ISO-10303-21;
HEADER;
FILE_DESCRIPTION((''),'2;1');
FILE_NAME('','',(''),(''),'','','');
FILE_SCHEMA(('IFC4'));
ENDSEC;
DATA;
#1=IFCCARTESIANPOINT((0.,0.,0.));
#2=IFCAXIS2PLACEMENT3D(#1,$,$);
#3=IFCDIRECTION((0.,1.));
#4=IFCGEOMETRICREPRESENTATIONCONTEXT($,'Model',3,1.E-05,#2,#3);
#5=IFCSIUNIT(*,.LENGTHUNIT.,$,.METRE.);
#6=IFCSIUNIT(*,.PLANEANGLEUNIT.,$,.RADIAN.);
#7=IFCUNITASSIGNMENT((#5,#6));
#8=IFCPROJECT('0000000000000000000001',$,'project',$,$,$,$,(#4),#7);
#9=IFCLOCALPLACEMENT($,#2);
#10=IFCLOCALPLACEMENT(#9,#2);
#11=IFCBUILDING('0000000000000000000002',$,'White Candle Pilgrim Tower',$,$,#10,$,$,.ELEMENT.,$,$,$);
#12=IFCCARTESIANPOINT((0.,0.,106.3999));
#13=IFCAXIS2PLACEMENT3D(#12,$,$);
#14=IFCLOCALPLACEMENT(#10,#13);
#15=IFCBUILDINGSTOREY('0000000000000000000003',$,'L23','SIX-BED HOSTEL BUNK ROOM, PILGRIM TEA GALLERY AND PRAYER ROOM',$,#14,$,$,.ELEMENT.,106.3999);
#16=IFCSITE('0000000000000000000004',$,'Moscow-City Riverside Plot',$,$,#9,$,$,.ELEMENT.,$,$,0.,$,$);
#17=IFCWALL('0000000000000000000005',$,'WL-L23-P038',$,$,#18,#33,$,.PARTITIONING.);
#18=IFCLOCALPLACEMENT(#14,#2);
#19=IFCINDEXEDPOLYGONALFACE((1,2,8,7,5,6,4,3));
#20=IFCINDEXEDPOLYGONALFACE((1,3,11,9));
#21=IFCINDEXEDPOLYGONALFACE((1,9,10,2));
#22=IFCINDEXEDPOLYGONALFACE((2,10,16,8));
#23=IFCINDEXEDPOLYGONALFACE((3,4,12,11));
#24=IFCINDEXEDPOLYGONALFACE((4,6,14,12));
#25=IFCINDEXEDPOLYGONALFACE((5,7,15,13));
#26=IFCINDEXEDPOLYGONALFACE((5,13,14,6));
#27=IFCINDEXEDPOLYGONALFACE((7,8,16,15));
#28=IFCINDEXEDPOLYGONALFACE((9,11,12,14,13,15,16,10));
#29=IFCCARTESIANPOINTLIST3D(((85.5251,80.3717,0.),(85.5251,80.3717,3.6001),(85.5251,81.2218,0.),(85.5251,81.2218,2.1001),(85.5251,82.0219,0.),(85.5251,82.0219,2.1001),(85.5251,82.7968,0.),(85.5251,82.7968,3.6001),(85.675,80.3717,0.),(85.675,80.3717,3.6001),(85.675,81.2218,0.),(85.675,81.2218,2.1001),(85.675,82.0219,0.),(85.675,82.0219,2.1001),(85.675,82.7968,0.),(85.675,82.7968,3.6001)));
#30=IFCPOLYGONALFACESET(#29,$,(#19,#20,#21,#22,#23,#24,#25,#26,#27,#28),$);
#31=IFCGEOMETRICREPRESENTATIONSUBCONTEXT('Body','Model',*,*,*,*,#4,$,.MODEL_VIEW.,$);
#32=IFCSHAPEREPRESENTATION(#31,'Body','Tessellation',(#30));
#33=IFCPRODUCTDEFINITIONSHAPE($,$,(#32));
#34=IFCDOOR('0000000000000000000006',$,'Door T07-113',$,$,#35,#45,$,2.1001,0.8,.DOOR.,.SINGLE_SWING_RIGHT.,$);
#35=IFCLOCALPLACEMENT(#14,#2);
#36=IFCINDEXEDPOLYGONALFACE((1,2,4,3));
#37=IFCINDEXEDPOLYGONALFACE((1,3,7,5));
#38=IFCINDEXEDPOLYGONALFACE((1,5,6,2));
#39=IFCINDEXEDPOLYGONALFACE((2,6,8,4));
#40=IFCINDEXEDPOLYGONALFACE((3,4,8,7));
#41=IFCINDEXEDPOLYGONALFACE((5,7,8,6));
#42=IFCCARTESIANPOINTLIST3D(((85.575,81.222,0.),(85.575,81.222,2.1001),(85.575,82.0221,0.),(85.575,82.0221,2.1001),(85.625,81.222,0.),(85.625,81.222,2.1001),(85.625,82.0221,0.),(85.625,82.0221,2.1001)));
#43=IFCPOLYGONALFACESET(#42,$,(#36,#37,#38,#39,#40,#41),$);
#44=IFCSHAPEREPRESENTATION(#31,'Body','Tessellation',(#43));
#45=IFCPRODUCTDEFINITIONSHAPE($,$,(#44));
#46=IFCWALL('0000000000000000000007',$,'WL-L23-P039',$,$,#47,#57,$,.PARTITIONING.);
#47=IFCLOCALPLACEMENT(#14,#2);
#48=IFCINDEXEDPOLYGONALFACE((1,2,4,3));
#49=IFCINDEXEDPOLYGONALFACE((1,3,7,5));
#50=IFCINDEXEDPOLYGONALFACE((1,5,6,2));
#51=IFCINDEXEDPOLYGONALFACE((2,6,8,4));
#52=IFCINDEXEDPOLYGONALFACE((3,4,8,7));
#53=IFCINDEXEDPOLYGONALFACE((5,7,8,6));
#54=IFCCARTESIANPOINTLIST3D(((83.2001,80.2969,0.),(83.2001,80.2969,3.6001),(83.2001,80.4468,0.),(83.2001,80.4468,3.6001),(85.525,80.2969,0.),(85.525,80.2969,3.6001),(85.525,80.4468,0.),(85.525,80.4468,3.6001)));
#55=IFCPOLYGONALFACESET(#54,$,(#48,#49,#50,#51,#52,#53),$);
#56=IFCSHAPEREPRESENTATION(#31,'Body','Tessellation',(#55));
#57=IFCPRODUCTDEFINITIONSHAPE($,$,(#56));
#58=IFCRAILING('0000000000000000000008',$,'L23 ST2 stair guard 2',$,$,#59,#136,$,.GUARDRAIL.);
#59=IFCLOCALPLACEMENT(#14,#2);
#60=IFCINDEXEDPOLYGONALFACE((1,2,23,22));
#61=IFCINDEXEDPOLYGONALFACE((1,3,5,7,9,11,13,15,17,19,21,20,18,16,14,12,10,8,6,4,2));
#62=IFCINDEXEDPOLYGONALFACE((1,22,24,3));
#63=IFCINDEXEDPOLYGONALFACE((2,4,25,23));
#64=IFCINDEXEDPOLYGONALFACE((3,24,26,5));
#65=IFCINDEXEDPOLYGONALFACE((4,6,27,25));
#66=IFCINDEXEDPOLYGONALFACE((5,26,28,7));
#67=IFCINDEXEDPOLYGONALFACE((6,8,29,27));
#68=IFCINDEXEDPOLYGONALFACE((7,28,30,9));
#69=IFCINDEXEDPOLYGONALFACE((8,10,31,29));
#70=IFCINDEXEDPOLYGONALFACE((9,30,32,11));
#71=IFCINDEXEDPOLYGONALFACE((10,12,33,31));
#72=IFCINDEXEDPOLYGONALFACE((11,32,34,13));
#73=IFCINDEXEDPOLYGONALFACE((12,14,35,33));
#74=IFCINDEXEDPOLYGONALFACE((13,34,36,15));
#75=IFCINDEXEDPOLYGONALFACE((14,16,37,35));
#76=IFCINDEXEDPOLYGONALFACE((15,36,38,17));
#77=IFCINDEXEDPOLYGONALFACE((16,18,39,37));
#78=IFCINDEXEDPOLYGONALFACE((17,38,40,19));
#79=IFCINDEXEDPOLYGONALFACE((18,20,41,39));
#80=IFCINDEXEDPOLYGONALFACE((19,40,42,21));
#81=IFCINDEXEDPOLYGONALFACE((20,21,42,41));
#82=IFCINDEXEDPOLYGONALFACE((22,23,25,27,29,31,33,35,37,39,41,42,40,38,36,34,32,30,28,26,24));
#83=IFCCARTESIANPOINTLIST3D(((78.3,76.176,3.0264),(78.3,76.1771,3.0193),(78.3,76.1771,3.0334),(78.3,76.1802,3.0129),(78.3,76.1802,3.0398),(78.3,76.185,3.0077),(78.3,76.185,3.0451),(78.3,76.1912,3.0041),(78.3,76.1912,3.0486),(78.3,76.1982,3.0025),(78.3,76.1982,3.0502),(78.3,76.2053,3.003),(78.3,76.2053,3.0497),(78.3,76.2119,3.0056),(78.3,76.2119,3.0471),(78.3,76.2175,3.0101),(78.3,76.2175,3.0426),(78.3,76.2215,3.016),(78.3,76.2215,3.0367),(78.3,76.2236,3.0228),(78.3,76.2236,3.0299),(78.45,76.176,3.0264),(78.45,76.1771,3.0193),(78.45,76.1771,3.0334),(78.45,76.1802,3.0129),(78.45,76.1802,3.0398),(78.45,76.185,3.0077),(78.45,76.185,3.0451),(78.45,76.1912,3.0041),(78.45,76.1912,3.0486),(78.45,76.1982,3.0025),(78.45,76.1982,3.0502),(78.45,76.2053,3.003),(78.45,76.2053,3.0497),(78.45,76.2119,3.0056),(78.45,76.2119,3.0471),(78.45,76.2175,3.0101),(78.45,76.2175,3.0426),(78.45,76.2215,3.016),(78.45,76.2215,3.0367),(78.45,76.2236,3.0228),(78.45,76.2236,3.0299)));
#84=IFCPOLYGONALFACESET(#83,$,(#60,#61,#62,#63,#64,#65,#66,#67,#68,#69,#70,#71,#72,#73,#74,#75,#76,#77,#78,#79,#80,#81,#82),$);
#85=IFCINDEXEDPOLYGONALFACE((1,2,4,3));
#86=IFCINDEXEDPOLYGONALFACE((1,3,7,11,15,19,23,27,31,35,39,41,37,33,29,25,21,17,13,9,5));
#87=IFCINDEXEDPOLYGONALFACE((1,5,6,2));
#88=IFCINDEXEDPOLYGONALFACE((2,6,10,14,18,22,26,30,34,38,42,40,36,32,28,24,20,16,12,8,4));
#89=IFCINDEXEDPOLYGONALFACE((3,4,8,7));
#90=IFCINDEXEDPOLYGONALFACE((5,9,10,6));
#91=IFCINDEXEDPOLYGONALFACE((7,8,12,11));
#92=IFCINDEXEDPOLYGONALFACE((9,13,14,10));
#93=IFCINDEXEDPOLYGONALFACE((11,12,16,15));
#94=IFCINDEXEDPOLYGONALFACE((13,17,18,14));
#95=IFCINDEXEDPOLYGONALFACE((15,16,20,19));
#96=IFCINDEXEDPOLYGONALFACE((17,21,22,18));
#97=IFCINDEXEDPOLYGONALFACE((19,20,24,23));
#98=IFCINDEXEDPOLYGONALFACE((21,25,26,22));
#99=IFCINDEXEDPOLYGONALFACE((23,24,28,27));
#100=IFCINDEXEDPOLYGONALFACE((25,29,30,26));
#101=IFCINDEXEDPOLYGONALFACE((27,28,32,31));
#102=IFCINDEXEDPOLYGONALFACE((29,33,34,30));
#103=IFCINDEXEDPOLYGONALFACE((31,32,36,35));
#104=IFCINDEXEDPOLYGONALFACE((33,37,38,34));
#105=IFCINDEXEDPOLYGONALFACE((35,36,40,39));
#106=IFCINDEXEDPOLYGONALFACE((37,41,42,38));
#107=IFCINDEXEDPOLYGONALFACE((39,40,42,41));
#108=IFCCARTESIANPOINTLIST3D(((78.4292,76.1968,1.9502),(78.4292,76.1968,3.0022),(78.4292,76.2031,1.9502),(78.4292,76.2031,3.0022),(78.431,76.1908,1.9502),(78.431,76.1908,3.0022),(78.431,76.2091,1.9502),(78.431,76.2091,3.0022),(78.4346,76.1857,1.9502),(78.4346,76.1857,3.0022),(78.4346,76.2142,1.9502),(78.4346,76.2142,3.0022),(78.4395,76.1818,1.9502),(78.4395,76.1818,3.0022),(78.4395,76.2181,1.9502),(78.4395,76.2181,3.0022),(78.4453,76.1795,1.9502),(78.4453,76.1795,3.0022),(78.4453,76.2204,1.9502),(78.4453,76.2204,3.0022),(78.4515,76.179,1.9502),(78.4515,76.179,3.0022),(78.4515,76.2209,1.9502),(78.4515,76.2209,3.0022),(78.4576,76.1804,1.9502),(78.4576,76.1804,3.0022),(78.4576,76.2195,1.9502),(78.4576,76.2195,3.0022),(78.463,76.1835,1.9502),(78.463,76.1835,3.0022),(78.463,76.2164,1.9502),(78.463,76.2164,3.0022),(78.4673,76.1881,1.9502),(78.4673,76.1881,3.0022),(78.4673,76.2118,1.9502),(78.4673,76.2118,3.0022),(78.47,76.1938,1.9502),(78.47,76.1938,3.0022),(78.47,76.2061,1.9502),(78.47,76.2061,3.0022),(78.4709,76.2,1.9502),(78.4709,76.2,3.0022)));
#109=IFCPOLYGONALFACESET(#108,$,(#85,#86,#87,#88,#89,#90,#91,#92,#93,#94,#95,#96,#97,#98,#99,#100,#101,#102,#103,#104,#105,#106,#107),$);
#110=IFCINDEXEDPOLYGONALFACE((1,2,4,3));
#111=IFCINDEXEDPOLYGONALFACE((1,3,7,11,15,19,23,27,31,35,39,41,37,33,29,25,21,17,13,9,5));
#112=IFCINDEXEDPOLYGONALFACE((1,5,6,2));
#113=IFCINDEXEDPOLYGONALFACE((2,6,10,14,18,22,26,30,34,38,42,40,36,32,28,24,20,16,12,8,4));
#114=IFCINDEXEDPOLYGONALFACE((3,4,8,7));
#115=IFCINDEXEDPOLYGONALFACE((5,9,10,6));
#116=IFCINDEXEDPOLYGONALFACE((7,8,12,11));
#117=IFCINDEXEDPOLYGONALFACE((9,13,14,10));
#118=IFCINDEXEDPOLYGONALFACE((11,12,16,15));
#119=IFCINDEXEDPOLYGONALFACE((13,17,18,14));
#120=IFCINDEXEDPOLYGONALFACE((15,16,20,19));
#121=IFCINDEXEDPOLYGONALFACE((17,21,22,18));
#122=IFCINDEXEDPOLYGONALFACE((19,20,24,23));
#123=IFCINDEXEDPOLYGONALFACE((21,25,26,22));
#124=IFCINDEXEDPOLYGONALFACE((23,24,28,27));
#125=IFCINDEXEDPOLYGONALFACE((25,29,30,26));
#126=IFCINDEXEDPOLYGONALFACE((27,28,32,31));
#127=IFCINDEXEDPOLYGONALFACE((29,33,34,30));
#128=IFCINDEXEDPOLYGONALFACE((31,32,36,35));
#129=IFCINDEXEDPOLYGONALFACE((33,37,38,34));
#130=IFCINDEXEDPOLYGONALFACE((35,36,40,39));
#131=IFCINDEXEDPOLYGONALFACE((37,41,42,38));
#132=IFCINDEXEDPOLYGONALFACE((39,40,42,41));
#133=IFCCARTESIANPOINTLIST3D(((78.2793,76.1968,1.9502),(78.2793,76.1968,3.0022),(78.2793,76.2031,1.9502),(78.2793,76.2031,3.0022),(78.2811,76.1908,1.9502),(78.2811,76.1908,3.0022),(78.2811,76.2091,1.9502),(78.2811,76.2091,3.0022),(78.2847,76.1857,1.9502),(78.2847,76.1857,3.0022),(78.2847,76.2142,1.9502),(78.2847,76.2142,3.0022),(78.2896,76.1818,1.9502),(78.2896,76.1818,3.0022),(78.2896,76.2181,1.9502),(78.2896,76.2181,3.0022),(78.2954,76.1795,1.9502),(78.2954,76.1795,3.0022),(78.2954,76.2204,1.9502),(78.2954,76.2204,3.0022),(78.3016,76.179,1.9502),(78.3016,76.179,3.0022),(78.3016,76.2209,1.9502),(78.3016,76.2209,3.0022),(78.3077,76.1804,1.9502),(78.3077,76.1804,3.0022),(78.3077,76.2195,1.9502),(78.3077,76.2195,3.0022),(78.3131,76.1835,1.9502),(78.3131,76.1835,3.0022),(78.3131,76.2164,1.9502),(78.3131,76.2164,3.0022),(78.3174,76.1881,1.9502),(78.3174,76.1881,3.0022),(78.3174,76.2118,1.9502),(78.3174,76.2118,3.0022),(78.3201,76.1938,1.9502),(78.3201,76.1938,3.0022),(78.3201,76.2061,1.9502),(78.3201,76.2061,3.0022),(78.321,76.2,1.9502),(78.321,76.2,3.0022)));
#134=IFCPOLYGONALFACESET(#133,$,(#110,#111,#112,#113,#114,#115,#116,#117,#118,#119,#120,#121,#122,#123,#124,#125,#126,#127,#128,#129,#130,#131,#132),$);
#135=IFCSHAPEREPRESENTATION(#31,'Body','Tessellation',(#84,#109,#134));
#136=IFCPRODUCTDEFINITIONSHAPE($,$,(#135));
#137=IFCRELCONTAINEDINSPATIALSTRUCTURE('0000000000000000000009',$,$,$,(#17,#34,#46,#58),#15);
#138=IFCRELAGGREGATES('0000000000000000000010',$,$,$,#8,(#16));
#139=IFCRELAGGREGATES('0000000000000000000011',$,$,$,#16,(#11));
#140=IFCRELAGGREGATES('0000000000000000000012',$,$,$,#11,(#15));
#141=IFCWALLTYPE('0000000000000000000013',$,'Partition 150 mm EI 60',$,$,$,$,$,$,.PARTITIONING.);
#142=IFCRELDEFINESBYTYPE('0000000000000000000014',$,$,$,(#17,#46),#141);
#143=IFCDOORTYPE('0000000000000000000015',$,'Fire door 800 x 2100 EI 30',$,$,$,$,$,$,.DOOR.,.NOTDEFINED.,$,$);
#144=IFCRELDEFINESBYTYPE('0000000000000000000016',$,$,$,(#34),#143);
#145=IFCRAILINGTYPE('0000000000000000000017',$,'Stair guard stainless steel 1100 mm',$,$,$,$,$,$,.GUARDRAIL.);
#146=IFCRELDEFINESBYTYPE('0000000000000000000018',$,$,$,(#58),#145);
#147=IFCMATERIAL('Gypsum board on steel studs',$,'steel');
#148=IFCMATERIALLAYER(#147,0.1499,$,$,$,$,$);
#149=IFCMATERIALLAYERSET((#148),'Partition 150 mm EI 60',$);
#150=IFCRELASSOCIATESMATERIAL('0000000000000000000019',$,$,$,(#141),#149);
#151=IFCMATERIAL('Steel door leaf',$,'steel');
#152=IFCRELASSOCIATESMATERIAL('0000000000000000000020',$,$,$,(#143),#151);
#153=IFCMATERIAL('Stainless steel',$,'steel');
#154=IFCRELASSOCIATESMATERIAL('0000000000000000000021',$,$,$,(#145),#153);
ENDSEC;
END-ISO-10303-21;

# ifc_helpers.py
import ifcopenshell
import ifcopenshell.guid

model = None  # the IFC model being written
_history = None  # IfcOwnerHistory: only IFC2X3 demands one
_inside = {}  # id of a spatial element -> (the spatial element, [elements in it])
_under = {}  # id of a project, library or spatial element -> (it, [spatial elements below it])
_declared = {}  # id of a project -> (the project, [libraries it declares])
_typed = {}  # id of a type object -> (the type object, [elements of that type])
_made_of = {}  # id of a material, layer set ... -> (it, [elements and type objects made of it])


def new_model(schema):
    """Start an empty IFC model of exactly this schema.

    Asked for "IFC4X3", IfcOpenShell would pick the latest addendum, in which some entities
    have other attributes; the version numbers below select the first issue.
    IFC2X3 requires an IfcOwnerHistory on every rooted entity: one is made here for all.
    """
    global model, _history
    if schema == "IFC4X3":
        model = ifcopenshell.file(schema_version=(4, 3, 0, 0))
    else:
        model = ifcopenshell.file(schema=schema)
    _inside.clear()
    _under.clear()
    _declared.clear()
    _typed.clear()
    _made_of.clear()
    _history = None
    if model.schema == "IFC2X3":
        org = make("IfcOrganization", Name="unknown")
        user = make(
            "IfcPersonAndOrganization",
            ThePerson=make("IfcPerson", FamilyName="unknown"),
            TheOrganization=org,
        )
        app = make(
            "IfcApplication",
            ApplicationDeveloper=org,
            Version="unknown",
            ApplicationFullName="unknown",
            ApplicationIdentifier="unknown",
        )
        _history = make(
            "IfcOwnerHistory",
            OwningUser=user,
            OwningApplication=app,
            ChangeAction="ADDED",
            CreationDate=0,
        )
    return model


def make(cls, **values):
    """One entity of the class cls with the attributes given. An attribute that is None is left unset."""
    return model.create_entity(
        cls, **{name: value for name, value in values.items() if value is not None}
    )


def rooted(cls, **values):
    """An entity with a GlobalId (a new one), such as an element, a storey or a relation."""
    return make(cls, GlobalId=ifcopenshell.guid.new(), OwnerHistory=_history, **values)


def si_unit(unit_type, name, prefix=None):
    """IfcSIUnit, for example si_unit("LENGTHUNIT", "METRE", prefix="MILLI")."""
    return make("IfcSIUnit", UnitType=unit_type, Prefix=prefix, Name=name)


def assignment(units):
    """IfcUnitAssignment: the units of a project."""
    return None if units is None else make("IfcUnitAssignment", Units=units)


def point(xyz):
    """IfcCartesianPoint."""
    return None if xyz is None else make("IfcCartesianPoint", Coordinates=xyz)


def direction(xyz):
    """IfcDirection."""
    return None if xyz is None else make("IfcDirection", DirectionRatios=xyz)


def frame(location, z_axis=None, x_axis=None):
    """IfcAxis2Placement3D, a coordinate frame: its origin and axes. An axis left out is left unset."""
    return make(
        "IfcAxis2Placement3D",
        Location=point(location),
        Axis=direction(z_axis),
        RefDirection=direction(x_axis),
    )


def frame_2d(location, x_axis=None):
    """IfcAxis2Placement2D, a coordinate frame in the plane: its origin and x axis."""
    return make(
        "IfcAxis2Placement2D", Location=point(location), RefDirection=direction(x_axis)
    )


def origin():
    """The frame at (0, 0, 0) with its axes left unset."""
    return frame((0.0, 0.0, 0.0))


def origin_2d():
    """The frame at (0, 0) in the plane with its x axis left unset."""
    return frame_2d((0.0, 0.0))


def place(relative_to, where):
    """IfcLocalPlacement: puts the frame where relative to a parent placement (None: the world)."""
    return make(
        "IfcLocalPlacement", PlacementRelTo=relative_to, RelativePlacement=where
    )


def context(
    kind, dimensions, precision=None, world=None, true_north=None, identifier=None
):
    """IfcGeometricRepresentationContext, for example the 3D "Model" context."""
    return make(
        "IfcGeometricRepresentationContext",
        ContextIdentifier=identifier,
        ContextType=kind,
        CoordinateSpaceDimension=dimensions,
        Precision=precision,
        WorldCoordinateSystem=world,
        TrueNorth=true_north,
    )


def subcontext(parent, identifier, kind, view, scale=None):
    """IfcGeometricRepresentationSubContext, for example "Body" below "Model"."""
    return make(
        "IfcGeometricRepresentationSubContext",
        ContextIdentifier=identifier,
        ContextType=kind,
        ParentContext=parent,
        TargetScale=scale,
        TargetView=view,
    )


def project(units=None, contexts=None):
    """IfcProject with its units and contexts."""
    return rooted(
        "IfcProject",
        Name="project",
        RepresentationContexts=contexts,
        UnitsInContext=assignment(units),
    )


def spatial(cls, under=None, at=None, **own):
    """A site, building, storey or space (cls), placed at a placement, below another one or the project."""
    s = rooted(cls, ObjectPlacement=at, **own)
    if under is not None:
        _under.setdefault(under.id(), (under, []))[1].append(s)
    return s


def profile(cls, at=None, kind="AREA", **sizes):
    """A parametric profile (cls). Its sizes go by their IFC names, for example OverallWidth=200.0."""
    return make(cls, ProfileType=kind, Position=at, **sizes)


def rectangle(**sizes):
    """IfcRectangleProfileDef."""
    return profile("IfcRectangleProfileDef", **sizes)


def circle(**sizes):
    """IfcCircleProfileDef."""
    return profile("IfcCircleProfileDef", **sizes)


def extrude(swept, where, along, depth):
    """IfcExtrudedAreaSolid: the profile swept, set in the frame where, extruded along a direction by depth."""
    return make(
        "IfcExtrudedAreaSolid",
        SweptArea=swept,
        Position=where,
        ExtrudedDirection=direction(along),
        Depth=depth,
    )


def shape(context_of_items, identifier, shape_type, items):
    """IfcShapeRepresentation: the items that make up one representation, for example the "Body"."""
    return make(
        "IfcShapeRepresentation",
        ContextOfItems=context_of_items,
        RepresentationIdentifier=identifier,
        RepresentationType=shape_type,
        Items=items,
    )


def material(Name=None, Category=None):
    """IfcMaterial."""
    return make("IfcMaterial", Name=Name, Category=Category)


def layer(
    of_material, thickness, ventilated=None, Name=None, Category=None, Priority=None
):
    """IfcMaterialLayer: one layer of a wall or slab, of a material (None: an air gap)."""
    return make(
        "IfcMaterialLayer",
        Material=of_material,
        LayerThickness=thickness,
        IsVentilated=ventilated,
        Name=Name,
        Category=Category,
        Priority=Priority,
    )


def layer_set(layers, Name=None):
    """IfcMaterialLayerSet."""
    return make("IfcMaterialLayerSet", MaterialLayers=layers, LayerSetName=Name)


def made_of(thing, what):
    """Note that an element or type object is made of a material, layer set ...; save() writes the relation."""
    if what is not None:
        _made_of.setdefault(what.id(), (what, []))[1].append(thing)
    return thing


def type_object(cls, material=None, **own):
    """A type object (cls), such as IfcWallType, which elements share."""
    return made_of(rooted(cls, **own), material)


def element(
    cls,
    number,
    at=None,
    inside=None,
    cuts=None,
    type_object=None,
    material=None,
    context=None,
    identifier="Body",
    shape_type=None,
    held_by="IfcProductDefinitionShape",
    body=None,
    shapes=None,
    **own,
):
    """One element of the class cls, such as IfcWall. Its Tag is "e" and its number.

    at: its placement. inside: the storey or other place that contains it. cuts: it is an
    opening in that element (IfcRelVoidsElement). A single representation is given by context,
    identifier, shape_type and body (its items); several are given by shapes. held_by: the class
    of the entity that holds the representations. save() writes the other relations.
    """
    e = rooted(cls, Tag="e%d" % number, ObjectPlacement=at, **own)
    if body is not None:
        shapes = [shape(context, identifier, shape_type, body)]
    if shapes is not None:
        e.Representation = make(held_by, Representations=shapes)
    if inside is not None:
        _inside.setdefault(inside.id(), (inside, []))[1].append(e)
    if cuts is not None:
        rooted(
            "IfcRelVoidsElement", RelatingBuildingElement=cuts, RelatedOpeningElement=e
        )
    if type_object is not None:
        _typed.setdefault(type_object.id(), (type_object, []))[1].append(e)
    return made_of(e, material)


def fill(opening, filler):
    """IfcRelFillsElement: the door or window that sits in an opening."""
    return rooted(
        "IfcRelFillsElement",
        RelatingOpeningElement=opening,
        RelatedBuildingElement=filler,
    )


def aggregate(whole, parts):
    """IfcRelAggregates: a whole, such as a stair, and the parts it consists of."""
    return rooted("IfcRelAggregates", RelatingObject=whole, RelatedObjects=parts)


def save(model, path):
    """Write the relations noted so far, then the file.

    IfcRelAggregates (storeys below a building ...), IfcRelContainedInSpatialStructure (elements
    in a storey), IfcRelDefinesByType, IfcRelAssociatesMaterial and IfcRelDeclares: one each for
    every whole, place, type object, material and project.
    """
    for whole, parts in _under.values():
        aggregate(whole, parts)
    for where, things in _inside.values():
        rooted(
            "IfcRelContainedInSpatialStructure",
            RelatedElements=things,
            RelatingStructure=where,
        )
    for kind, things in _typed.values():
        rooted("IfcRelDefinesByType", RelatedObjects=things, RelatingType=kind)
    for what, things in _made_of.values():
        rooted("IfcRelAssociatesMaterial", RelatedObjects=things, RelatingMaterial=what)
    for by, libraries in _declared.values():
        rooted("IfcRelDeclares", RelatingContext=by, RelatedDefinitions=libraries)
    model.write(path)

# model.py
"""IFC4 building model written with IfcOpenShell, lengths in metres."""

from ifc_helpers import new_model, si_unit, direction, frame, frame_2d, origin, origin_2d, place, context, subcontext, project, spatial, rectangle, circle, extrude, material, layer, layer_set, type_object, element, fill, save


model = new_model("IFC4")

# Units and contexts
model_context = context("Model", 3, precision=1e-05, world=origin(), true_north=direction((0.0, 1.0)))
body_context = subcontext(model_context, "Body", "Model", "MODEL_VIEW")
ifc_project = project(units=[si_unit("LENGTHUNIT", "METRE"), si_unit("PLANEANGLEUNIT", "RADIAN")], contexts=[model_context])

# Site, building, storey
site_placement = place(None, origin())
site = spatial("IfcSite", under=ifc_project, at=site_placement, Name="Moscow-City Riverside Plot", CompositionType="ELEMENT", RefElevation=0.0)
building_placement = place(site_placement, origin())
building = spatial("IfcBuilding", under=site, at=building_placement, Name="White Candle Pilgrim Tower", CompositionType="ELEMENT")
storey_placement = place(building_placement, frame((0.0, 0.0, 106.3999)))
storey = spatial("IfcBuildingStorey", under=building, at=storey_placement, Name="L23", Description="SIX-BED HOSTEL BUNK ROOM, PILGRIM TEA GALLERY AND PRAYER ROOM", CompositionType="ELEMENT", Elevation=106.3999)

# Shared definitions
ifc_material_1 = material(Name="Steel door leaf", Category="steel")

# Shared definitions
ifc_material_2 = material(Name="Gypsum board on steel studs", Category="steel")

# Shared definitions
ifc_layer_1 = layer(ifc_material_2, 0.1499)
ifc_layer_set_1 = layer_set([ifc_layer_1], Name="Partition 150 mm EI 60")
wall_type_1 = type_object("IfcWallType", Name="Partition 150 mm EI 60", PredefinedType="PARTITIONING", material=ifc_layer_set_1)

# Wall, opening, door
wall_1_placement = place(storey_placement, frame((85.6001, 80.3718, 0.0), z_axis=(0.0, 0.0, 1.0), x_axis=(0.0, 1.0, 0.0)))
wall_1 = element("IfcWall", 1, at=wall_1_placement, inside=storey, type_object=wall_type_1, Name="WL-L23-P038", PredefinedType="PARTITIONING", context=body_context, shape_type="SweptSolid", body=[
    extrude(rectangle(XDim=2.425, YDim=0.1499, at=frame_2d((1.2124, 0.0))), origin(), (0.0, 0.0, 1.0), 3.6001),
])
opening_1_placement = place(wall_1_placement, frame((0.8501, 0.0, 0.0)))
opening_1 = element("IfcOpeningElement", 2, at=opening_1_placement, cuts=wall_1, PredefinedType="OPENING", context=body_context, shape_type="SweptSolid", body=[
    extrude(rectangle(XDim=0.8, YDim=2.1001, at=frame_2d((0.3999, 1.05))), frame((0.0, 0.085, 0.0), z_axis=(0.0, -1.0, 0.0), x_axis=(1.0, 0.0, 0.0)), (0.0, 0.0, 1.0), 0.1699),
])
door_type_1 = type_object("IfcDoorType", Name="Fire door 800 x 2100 EI 30", OperationType="NOTDEFINED", PredefinedType="DOOR", material=ifc_material_1)
door_1_placement = place(opening_1_placement, frame((0.8, 0.0, 0.0), z_axis=(0.0, 0.0, 1.0), x_axis=(-1.0, 0.0, 0.0)))
door_1 = element("IfcDoor", 3, at=door_1_placement, inside=storey, type_object=door_type_1, Name="Door T07-113", OperationType="SINGLE_SWING_RIGHT", OverallHeight=2.1001, OverallWidth=0.8, PredefinedType="DOOR", context=body_context, shape_type="SweptSolid", body=[
    extrude(rectangle(XDim=0.8, YDim=2.1001, at=frame_2d((0.3999, 1.05))), frame((0.0, 0.0249, 0.0), z_axis=(0.0, -1.0, 0.0), x_axis=(1.0, 0.0, 0.0)), (0.0, 0.0, 1.0), 0.05),
])
fill(opening_1, door_1)

# Wall
wall_2_placement = place(storey_placement, frame((83.2, 80.3718, 0.0), z_axis=(0.0, 0.0, 1.0), x_axis=(1.0, 0.0, 0.0)))
element("IfcWall", 4, at=wall_2_placement, inside=storey, type_object=wall_type_1, Name="WL-L23-P039", PredefinedType="PARTITIONING", context=body_context, shape_type="SweptSolid", body=[
    extrude(rectangle(XDim=2.325, YDim=0.1499, at=frame_2d((1.1626, 0.0))), origin(), (0.0, 0.0, 1.0), 3.6001),
])

# Railing
ifc_material_3 = material(Name="Stainless steel", Category="steel")
railing_type = type_object("IfcRailingType", Name="Stair guard stainless steel 1100 mm", PredefinedType="GUARDRAIL", material=ifc_material_3)
railing_1_placement = place(storey_placement, frame((78.45, 76.2, 1.9502)))
element("IfcRailing", 5, at=railing_1_placement, inside=storey, type_object=railing_type, Name="L23 ST2 stair guard 2", PredefinedType="GUARDRAIL", context=body_context, shape_type="SweptSolid", body=[
    extrude(circle(Radius=0.0239, at=origin_2d()), frame((0.0, 0.0, 1.0762), z_axis=(-1.0, 0.0, 0.0), x_axis=(0.0, -1.0, 0.0)), (0.0, 0.0, 1.0), 0.1499),
    extrude(circle(Radius=0.021, at=origin_2d()), origin(), (0.0, 0.0, 1.0), 1.052),
    extrude(circle(Radius=0.021, at=origin_2d()), frame((-0.1499, 0.0, 0.0)), (0.0, 0.0, 1.0), 1.052),
])

save(model, "model.ifc")
